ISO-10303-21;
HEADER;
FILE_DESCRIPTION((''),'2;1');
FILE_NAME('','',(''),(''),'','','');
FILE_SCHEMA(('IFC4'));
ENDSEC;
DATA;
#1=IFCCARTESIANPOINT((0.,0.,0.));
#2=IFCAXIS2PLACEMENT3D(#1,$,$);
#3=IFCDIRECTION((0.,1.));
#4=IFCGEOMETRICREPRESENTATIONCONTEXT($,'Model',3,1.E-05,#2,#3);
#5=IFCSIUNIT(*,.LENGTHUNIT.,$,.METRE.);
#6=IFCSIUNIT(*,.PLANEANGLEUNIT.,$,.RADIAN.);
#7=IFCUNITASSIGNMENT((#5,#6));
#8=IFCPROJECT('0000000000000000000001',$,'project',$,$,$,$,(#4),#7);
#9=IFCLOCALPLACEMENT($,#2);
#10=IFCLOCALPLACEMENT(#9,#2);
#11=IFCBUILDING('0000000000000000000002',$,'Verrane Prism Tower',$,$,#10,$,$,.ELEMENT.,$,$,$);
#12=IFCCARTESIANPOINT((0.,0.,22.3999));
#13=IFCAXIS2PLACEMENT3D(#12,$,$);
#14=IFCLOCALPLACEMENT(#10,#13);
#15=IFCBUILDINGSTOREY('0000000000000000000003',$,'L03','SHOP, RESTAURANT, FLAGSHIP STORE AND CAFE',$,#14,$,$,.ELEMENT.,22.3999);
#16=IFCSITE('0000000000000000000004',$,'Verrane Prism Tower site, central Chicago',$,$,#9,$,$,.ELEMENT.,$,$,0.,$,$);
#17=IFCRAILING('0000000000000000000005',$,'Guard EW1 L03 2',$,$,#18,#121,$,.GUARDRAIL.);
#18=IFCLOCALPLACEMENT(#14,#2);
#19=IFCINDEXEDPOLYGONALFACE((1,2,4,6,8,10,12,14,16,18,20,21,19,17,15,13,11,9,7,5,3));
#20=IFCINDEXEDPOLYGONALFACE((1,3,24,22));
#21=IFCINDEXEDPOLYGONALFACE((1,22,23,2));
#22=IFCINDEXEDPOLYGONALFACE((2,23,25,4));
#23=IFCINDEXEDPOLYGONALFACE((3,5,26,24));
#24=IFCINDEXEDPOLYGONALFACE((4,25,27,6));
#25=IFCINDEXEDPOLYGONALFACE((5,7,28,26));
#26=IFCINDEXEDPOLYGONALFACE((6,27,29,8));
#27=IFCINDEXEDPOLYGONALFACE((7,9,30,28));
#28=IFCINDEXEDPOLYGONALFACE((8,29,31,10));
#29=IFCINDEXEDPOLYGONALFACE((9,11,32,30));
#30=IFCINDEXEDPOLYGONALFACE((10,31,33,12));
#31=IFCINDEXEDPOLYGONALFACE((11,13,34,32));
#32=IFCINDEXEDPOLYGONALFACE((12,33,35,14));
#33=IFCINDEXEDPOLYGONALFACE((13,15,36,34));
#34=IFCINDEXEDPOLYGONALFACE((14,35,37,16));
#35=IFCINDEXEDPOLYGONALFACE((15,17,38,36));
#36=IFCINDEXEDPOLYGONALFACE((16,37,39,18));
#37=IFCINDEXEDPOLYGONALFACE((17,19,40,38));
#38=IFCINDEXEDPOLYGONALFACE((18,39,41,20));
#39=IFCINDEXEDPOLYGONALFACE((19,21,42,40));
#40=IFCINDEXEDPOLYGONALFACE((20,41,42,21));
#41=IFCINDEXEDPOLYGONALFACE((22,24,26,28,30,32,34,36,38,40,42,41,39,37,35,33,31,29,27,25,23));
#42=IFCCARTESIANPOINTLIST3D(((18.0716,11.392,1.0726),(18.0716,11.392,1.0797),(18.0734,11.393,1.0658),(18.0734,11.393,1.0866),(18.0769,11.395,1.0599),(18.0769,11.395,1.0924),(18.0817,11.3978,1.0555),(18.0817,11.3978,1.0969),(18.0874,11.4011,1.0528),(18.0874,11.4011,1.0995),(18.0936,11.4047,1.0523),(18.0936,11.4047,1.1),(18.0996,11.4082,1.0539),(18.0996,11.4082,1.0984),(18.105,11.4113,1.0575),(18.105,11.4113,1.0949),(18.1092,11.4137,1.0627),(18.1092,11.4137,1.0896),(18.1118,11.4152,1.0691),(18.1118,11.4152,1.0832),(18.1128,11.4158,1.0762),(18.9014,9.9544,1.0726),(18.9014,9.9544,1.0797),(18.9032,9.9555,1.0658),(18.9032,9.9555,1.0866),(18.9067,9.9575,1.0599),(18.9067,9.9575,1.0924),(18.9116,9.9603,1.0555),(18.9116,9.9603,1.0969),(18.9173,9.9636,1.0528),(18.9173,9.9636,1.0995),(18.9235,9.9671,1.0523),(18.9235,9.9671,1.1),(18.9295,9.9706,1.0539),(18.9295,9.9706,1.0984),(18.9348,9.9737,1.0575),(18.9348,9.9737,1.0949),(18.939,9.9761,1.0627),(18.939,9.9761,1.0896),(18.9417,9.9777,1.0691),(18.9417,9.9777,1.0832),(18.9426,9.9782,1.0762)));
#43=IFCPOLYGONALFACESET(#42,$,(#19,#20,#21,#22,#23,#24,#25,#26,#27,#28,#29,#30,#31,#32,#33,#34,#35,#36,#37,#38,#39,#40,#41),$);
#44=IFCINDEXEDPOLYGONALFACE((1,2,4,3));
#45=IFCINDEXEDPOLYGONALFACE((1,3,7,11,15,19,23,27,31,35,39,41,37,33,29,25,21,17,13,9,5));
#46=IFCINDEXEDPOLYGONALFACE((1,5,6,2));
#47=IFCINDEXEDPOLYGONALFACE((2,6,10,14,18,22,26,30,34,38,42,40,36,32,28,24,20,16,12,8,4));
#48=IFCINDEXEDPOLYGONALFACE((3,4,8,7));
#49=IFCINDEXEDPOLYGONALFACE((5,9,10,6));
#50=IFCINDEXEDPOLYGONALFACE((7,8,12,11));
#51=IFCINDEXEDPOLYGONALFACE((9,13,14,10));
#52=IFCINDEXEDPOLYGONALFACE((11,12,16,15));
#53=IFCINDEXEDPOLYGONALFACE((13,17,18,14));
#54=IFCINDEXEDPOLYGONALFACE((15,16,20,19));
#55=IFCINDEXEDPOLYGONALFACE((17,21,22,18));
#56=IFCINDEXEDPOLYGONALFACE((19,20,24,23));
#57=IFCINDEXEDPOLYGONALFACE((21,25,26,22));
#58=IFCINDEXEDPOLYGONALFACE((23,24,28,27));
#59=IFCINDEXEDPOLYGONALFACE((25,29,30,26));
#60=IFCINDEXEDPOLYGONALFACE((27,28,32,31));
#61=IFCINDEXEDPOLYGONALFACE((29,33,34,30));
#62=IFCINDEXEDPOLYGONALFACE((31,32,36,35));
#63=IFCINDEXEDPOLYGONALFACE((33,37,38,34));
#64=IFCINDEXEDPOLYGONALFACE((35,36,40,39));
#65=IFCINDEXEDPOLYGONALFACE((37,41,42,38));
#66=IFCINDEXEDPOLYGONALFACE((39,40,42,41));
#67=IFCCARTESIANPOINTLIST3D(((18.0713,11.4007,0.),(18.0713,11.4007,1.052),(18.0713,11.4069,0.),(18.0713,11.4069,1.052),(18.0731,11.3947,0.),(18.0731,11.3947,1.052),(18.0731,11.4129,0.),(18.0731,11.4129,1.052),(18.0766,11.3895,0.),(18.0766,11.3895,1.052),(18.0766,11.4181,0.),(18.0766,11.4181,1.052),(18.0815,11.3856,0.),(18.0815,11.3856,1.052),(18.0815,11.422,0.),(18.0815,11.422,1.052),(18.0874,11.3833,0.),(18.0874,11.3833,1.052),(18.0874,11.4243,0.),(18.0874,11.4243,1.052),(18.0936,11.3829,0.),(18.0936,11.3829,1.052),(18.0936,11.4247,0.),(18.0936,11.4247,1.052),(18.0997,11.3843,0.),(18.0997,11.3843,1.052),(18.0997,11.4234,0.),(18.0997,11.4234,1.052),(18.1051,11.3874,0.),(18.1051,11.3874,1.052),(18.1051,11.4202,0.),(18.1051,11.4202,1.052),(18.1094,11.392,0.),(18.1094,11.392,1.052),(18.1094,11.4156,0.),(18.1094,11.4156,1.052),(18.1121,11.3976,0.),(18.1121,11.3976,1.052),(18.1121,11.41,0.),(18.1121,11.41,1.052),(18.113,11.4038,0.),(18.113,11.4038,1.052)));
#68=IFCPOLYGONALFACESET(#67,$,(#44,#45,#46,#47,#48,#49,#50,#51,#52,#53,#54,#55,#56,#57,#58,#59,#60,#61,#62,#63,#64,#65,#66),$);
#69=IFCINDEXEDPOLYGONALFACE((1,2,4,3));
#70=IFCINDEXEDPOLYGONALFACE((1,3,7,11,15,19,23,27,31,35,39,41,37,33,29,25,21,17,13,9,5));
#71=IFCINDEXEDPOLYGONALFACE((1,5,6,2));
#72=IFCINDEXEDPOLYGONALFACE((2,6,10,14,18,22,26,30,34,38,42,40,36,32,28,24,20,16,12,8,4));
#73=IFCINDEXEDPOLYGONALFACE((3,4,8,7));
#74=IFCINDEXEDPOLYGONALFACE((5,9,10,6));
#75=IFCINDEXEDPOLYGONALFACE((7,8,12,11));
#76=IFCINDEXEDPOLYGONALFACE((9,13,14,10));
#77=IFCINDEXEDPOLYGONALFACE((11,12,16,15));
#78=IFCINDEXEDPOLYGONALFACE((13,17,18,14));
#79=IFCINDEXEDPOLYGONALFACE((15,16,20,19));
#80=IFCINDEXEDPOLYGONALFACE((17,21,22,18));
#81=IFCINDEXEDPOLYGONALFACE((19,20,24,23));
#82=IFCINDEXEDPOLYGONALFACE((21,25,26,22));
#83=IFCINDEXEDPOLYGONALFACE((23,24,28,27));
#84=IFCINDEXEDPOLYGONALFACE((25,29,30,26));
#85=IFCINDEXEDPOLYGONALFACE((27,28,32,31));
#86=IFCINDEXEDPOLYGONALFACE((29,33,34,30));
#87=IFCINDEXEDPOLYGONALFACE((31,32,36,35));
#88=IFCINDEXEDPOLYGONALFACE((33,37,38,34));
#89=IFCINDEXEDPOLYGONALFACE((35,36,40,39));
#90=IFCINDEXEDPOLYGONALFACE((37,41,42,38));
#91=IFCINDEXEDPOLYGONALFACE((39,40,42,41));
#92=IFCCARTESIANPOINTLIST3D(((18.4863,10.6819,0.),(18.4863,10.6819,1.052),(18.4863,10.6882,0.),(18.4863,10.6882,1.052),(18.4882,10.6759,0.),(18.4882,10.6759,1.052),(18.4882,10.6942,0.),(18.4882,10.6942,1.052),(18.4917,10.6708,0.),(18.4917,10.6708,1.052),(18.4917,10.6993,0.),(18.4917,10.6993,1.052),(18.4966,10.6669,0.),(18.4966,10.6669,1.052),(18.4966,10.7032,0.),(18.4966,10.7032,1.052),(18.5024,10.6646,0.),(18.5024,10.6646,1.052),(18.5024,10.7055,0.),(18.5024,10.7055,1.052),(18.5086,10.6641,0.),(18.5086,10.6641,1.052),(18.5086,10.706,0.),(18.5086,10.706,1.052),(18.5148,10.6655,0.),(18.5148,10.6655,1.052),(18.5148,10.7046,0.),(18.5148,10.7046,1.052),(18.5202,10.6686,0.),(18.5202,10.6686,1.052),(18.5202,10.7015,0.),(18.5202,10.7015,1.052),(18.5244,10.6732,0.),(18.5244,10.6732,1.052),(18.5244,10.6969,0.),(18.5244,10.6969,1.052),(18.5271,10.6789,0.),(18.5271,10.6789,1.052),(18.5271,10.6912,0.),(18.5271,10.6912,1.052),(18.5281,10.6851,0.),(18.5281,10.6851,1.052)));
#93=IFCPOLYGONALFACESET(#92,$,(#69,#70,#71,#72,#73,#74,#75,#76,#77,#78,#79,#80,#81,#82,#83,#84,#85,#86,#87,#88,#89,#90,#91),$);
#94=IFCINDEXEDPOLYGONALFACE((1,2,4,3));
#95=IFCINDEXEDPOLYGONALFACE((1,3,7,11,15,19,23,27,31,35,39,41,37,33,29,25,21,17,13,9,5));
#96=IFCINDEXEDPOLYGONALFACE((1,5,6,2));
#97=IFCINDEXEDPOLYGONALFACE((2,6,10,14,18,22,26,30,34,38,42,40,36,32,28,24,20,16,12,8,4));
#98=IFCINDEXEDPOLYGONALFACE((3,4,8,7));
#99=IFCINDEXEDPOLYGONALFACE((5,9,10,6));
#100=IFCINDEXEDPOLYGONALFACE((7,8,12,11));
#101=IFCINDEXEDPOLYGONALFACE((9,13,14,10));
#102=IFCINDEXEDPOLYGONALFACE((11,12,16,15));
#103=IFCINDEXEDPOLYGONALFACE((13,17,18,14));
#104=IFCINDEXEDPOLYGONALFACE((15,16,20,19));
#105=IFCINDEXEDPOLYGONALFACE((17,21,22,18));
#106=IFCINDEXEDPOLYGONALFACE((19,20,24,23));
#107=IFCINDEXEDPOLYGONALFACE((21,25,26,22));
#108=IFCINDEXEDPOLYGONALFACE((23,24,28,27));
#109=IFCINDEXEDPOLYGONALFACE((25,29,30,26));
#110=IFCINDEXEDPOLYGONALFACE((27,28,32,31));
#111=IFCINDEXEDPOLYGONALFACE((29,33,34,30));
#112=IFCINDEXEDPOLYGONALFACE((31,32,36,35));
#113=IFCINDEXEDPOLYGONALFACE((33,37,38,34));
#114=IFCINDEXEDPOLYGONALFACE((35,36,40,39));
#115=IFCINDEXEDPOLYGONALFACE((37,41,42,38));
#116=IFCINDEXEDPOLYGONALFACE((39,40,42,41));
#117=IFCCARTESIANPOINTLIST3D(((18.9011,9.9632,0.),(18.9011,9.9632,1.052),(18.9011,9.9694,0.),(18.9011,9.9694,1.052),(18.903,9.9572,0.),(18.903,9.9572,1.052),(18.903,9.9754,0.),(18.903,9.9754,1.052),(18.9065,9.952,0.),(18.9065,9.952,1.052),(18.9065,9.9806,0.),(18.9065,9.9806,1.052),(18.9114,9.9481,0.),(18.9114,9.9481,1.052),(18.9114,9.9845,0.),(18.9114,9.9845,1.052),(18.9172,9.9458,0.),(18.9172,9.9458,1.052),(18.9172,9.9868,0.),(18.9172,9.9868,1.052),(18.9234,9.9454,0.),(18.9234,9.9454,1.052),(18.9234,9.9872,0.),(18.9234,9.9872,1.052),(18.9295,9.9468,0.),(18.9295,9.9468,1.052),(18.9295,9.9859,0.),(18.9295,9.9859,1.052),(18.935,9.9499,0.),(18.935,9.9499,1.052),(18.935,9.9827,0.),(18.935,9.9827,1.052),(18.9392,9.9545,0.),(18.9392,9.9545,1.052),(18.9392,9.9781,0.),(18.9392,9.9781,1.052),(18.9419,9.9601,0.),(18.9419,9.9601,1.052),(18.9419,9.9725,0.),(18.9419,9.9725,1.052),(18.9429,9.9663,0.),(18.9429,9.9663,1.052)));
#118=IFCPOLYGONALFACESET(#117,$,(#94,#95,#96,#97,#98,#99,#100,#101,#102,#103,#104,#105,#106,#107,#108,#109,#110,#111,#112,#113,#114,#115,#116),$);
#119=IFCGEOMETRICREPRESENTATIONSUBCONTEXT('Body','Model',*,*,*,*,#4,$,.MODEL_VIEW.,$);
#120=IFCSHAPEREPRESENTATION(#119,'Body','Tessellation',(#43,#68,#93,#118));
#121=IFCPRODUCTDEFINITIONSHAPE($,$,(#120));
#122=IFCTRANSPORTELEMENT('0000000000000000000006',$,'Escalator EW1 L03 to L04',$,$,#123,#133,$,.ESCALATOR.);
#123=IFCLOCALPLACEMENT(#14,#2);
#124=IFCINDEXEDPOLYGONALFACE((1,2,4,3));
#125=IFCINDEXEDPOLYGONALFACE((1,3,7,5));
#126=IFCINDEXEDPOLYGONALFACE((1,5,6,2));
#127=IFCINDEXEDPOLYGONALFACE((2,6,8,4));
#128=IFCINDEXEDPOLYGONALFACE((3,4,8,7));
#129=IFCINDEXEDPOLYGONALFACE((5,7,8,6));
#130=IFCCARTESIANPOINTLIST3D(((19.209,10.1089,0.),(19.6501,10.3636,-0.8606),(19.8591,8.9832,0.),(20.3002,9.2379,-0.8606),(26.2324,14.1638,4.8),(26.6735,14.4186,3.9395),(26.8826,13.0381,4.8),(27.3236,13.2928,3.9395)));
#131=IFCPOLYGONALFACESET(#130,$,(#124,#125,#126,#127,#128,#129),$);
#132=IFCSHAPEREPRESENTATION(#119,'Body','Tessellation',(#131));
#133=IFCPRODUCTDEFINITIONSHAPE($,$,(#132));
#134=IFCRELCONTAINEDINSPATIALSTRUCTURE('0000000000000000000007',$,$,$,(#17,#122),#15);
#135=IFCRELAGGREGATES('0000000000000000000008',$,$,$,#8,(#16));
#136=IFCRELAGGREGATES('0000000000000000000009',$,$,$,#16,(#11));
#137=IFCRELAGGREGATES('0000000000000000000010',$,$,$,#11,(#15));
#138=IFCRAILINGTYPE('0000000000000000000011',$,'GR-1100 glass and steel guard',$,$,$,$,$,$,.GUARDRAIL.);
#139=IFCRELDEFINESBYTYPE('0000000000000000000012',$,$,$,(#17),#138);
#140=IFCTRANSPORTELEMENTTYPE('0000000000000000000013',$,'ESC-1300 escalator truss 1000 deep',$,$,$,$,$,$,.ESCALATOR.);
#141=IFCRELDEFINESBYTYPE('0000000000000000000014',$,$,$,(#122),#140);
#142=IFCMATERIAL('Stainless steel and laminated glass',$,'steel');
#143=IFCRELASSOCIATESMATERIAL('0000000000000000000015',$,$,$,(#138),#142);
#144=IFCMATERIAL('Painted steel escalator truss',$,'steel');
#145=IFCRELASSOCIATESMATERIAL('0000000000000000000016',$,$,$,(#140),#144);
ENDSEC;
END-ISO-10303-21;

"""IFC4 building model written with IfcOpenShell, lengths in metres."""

from ifc_helpers import new_model, si_unit, direction, frame, origin, origin_2d, place, context, subcontext, project, spatial, polyline, circle, outline, extrude, material, type_object, element, save


model = new_model("IFC4")

# Units and contexts
model_context = context("Model", 3, precision=1e-05, world=origin(), true_north=direction((0.0, 1.0)))
body_context = subcontext(model_context, "Body", "Model", "MODEL_VIEW")
ifc_project = project(units=[si_unit("LENGTHUNIT", "METRE"), si_unit("PLANEANGLEUNIT", "RADIAN")], contexts=[model_context])

# Site, building, storey
site_placement = place(None, origin())
site = spatial("IfcSite", under=ifc_project, at=site_placement, Name="Verrane Prism Tower site, central Chicago", CompositionType="ELEMENT", RefElevation=0.0)
building_placement = place(site_placement, origin())
building = spatial("IfcBuilding", under=site, at=building_placement, Name="Verrane Prism Tower", CompositionType="ELEMENT")
storey_placement = place(building_placement, frame((0.0, 0.0, 22.3999)))
storey = spatial("IfcBuildingStorey", under=building, at=storey_placement, Name="L03", Description="SHOP, RESTAURANT, FLAGSHIP STORE AND CAFE", CompositionType="ELEMENT", Elevation=22.3999)

# Railing
ifc_material_1 = material(Name="Stainless steel and laminated glass", Category="steel")
railing_type = type_object("IfcRailingType", Name="GR-1100 glass and steel guard", PredefinedType="GUARDRAIL", material=ifc_material_1)
railing_1_placement = place(storey_placement, frame((18.092, 11.4038, 0.0)))
element("IfcRailing", 1, at=railing_1_placement, inside=storey, type_object=railing_type, Name="Guard EW1 L03 2", PredefinedType="GUARDRAIL", context=body_context, shape_type="SweptSolid", body=[
    extrude(circle(Radius=0.0239, at=origin_2d()), frame((0.0, 0.0, 1.0762), z_axis=(0.499952, -0.866053, 0.0), x_axis=(0.866053, 0.499952, 0.0)), (0.0, 0.0, 1.0), 1.6599),
    extrude(circle(Radius=0.021, at=origin_2d()), origin(), (0.0, 0.0, 1.0), 1.052),
    extrude(circle(Radius=0.021, at=origin_2d()), frame((0.415, -0.7188, 0.0)), (0.0, 0.0, 1.0), 1.052),
    extrude(circle(Radius=0.021, at=origin_2d()), frame((0.8298, -1.4375, 0.0)), (0.0, 0.0, 1.0), 1.052),
])

# Transport element
ifc_material_2 = material(Name="Painted steel escalator truss", Category="steel")
transport_element_type = type_object("IfcTransportElementType", Name="ESC-1300 escalator truss 1000 deep", PredefinedType="ESCALATOR", material=ifc_material_2)
transport_element_placement = place(storey_placement, frame((19.8591, 8.9832, 0.0), z_axis=(-0.44107, -0.254732, 0.860563), x_axis=(0.745272, 0.430278, 0.509344)))
element("IfcTransportElement", 2, at=transport_element_placement, inside=storey, type_object=transport_element_type, Name="Escalator EW1 L03 to L04", PredefinedType="ESCALATOR", context=body_context, shape_type="SweptSolid", body=[
    extrude(outline(polyline([(0.0, 0.0), (9.424, 0.0), (9.4238, 1.3), (-0.0002, 1.3), (0.0, 0.0)])), origin(), (0.0, 0.0, -1.0), 1.0),
])

save(model, "model.ifc")
